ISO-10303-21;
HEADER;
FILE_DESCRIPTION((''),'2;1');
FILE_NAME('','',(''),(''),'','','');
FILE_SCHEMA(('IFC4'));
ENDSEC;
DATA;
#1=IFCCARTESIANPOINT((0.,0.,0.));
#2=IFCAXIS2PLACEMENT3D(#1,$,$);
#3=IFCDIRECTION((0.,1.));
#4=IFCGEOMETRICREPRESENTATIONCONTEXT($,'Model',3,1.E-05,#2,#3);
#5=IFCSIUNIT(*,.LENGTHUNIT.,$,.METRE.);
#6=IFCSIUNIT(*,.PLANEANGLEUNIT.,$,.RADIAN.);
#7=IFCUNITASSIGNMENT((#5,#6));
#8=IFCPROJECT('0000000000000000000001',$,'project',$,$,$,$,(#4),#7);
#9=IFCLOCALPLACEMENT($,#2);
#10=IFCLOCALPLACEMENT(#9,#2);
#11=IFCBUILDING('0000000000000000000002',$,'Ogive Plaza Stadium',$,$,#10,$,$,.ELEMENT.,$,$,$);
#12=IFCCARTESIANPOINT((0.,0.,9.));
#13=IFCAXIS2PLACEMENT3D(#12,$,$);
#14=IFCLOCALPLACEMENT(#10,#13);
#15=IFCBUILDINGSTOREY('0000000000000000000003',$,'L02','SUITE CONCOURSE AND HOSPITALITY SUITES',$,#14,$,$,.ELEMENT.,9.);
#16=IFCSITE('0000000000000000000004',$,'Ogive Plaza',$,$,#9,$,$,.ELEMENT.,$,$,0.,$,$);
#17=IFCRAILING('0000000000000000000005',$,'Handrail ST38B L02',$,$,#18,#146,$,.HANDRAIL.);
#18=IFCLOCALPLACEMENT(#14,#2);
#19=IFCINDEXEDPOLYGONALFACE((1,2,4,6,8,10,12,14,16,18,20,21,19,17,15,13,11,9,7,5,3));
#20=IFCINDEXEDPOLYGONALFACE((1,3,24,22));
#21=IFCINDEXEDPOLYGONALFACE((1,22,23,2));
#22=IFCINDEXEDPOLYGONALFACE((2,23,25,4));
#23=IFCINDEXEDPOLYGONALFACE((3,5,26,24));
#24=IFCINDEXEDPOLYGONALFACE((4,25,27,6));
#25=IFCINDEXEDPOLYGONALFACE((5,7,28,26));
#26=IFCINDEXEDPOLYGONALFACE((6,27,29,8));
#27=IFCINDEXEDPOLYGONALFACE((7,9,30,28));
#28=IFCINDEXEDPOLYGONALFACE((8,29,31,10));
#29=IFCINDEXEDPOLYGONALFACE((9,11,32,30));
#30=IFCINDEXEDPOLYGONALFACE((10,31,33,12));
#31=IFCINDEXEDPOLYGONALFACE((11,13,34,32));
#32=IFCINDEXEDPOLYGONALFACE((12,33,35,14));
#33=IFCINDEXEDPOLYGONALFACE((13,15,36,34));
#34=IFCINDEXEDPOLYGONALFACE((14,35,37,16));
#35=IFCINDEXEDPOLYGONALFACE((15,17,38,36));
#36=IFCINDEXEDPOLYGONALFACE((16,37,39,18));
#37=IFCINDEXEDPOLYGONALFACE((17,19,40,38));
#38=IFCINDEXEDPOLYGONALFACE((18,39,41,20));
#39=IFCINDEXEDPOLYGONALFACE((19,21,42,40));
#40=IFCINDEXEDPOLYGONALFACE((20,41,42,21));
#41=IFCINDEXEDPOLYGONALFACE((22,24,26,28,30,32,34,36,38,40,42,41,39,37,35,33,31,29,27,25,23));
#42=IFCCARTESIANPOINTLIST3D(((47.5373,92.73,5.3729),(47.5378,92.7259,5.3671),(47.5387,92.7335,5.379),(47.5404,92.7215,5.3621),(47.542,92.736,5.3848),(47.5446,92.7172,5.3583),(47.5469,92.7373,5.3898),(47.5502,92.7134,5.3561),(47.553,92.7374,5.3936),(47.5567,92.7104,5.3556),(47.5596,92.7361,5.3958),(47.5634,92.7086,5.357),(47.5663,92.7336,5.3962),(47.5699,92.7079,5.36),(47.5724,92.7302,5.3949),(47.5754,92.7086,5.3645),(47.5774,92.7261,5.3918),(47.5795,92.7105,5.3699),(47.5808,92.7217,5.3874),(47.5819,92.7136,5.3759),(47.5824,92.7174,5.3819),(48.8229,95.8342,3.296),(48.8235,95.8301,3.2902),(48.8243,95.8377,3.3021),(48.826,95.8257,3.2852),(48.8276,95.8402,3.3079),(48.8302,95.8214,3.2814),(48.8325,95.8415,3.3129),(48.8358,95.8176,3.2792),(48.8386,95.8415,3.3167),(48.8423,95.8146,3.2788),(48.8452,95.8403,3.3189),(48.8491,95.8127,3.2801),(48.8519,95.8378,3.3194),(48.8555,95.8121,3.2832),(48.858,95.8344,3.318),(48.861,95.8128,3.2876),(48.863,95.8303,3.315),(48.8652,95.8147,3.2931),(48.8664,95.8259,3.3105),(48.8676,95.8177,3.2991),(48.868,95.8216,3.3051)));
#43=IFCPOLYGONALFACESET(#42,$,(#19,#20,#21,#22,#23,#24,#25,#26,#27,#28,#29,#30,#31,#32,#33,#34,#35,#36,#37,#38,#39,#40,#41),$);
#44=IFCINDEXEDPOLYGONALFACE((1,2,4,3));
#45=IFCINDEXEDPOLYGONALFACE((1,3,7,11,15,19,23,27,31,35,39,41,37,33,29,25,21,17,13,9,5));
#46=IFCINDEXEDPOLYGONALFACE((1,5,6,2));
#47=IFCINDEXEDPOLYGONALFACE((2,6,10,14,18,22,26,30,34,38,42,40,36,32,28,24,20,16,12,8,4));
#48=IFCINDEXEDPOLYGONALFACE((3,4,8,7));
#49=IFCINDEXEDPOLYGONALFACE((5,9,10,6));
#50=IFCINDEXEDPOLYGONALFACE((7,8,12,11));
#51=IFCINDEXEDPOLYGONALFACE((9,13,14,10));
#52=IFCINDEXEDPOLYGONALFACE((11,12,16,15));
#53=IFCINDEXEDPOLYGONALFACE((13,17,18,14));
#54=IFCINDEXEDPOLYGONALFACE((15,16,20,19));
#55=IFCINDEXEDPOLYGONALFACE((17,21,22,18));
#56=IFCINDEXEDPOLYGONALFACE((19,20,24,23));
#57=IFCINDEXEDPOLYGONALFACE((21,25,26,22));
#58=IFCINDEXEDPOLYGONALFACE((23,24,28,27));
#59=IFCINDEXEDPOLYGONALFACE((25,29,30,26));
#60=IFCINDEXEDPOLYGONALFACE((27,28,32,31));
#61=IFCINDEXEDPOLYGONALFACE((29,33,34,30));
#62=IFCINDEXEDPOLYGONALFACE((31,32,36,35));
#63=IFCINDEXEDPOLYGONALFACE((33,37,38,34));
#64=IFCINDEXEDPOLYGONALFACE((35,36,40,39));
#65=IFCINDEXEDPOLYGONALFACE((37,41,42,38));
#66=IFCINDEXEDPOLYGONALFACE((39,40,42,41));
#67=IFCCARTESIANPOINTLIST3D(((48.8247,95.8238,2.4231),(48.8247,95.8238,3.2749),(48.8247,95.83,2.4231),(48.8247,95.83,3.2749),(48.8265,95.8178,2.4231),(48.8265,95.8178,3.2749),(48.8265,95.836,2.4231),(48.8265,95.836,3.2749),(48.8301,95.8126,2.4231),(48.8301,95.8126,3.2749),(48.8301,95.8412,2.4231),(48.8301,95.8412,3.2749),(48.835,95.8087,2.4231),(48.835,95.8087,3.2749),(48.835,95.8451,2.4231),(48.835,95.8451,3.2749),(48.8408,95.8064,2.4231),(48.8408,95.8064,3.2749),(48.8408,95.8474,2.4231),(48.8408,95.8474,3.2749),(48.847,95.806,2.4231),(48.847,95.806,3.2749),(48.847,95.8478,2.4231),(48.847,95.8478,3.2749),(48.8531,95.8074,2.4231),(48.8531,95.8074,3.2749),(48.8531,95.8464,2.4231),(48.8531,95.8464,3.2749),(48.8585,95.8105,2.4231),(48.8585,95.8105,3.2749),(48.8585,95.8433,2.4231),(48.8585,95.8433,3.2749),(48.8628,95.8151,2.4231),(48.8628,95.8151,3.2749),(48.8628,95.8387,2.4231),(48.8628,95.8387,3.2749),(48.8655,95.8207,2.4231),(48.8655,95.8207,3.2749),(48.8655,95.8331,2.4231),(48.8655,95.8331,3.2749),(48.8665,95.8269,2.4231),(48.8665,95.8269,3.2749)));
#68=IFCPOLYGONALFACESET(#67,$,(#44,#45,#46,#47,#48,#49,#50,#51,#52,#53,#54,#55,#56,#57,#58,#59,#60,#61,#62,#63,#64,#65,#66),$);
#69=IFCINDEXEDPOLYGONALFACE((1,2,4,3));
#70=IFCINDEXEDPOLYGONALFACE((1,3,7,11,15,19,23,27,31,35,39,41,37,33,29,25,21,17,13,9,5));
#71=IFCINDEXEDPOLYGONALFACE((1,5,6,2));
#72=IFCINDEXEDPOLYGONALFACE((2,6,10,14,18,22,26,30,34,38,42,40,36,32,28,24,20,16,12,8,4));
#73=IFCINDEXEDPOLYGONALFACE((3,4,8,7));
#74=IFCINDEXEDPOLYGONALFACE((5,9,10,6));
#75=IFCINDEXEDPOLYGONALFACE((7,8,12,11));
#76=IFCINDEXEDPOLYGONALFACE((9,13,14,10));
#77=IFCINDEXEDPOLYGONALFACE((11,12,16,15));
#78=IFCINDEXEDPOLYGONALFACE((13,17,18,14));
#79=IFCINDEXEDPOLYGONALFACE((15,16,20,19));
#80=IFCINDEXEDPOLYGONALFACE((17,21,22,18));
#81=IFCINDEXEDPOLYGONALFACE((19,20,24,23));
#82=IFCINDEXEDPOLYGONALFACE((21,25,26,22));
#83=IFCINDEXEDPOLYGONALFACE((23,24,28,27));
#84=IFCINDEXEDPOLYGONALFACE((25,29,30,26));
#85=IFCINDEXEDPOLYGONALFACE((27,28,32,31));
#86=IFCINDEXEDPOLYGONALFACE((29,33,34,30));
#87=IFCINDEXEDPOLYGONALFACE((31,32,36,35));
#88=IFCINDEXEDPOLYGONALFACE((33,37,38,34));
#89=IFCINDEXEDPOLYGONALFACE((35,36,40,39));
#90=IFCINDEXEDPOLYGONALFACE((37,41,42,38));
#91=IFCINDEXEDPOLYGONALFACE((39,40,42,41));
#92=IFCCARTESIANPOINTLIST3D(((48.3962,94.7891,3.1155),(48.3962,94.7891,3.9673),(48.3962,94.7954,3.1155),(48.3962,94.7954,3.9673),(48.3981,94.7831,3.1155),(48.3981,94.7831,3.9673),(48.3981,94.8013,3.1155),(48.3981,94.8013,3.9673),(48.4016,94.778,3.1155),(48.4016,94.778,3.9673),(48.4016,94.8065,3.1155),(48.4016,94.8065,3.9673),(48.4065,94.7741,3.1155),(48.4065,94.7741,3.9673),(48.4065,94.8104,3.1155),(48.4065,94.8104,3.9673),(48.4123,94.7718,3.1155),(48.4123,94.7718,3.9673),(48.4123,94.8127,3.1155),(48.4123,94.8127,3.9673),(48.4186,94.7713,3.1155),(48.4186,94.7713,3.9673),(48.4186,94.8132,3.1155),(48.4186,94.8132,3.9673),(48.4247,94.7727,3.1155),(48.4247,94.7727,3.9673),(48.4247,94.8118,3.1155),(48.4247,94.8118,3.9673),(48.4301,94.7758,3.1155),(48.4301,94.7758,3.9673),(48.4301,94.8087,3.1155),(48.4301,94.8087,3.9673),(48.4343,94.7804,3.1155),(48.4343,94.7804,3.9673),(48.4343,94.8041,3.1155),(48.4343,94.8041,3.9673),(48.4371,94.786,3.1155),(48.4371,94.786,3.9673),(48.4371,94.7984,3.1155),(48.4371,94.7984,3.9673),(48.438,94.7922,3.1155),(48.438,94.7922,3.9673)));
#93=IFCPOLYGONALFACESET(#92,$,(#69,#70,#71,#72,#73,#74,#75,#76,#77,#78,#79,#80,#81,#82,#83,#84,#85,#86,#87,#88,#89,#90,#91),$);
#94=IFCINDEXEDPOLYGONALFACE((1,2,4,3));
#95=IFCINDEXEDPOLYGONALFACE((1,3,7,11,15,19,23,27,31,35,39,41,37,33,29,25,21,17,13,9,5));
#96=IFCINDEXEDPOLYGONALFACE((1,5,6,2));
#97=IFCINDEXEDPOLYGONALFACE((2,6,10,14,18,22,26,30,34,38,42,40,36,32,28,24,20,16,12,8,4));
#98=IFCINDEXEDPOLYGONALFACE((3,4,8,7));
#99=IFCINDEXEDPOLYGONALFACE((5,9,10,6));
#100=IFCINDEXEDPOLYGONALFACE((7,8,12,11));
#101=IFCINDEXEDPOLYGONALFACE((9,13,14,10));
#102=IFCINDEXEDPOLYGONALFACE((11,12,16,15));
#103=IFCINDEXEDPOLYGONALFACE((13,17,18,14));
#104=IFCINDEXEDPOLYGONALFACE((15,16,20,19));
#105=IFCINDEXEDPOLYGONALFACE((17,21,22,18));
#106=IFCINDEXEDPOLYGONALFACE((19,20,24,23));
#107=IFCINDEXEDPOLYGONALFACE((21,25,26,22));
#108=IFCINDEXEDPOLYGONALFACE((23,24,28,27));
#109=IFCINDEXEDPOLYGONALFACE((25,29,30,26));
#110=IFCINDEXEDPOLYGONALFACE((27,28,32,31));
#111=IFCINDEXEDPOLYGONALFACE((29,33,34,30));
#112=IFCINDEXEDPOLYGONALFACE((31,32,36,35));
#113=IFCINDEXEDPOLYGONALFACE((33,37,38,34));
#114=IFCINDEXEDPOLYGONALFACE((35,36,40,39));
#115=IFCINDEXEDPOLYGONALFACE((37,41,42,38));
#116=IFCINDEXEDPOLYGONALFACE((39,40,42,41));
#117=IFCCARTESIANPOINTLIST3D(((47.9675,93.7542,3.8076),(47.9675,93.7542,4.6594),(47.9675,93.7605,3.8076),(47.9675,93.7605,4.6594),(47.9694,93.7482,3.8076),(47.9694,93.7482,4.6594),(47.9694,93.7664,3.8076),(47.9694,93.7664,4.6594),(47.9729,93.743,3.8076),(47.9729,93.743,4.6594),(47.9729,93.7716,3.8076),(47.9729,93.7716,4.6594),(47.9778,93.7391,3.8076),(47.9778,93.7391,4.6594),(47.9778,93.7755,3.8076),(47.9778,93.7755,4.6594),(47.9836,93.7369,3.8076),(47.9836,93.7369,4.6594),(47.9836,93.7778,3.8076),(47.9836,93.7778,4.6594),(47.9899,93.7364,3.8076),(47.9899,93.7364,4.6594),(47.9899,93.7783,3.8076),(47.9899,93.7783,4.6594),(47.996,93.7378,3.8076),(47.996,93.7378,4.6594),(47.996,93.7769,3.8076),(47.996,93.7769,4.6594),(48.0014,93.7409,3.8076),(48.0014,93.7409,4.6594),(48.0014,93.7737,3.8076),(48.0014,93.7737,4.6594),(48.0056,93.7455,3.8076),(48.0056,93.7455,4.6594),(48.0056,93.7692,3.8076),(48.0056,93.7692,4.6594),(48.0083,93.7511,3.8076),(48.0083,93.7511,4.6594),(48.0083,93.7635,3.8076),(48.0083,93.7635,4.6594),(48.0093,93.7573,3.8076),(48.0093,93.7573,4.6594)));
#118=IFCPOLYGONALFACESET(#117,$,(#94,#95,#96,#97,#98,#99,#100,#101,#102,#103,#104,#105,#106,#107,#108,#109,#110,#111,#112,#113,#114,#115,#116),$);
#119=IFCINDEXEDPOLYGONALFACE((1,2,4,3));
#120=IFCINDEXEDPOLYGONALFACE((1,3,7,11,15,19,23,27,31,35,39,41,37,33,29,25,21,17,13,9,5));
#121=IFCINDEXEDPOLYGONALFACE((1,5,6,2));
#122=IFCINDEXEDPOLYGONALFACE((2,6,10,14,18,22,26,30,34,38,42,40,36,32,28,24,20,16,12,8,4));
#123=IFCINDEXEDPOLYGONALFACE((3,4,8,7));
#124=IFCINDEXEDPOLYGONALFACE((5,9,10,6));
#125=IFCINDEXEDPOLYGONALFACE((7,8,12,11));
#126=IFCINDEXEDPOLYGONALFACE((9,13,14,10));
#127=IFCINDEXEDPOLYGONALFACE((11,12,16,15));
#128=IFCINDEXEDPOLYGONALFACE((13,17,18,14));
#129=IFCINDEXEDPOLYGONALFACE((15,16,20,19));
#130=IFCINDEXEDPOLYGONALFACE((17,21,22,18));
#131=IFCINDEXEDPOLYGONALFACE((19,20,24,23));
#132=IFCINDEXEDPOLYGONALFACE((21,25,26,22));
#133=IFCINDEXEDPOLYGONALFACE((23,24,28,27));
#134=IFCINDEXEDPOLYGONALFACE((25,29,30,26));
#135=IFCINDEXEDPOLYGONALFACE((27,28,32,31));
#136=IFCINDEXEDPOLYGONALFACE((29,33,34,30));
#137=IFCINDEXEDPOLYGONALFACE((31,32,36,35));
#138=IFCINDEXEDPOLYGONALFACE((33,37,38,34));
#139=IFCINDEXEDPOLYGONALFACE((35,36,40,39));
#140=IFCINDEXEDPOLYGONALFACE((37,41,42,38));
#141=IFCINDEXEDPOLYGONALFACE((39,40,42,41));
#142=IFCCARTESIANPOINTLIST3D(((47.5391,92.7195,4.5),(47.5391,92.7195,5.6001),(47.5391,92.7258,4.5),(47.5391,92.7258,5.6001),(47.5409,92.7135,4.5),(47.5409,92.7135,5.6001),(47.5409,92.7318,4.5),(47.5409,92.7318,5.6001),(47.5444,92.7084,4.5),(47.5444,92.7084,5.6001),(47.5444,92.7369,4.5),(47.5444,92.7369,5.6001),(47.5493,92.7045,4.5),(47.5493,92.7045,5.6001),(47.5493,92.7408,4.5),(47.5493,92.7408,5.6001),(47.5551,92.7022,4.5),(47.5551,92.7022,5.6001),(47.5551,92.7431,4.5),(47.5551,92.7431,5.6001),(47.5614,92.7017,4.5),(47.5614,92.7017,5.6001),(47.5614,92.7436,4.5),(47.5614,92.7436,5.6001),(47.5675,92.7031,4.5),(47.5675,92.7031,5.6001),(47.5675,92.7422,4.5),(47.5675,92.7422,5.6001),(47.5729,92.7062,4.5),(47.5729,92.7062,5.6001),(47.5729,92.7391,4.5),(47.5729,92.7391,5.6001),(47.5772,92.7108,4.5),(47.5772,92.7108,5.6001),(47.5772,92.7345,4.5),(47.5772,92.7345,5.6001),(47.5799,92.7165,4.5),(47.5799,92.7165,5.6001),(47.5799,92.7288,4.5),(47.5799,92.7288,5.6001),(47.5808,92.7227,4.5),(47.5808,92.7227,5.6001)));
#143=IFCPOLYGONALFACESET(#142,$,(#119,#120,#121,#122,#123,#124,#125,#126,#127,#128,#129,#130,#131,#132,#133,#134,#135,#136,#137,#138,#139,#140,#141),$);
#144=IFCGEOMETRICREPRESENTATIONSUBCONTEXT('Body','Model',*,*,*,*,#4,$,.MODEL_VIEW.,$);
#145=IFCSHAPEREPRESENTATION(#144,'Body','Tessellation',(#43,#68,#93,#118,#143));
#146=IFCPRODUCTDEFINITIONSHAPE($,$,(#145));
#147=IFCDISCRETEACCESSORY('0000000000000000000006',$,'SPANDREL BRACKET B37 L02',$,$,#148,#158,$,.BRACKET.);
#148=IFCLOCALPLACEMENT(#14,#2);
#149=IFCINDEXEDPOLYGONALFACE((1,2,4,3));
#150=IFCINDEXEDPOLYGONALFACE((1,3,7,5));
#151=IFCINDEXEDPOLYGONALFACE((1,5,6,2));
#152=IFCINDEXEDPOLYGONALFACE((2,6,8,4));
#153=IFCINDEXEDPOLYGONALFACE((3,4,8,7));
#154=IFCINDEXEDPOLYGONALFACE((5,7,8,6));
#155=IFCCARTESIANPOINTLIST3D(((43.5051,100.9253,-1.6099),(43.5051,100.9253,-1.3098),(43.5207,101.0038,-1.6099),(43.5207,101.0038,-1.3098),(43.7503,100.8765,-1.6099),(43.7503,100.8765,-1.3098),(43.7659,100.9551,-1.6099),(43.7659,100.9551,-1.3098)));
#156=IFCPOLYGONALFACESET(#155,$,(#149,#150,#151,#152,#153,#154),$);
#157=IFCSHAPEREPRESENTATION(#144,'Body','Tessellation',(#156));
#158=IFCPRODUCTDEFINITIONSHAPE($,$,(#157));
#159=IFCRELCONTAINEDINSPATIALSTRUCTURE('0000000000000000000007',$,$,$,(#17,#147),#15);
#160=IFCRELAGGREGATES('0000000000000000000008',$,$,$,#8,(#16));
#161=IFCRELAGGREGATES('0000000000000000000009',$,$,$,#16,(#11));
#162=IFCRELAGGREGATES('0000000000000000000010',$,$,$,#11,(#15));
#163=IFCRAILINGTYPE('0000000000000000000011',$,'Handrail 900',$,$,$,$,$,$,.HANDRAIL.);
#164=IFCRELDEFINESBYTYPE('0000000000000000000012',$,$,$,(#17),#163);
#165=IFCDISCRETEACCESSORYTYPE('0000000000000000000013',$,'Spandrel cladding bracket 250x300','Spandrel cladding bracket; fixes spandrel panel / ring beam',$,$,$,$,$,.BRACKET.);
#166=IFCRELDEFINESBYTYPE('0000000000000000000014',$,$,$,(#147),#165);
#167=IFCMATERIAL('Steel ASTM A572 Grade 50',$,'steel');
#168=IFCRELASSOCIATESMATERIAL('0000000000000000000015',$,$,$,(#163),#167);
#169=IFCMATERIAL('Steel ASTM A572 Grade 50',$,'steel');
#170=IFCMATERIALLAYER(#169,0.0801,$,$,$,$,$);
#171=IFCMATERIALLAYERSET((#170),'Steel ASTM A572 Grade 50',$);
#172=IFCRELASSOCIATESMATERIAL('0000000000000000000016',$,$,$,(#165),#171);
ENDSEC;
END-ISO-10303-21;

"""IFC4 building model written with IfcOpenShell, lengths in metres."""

from ifc_helpers import new_model, si_unit, direction, frame, origin, origin_2d, place, context, subcontext, project, spatial, rectangle, circle, extrude, material, layer, layer_set, type_object, element, save


model = new_model("IFC4")

# Units and contexts
model_context = context("Model", 3, precision=1e-05, world=origin(), true_north=direction((0.0, 1.0)))
body_context = subcontext(model_context, "Body", "Model", "MODEL_VIEW")
ifc_project = project(units=[si_unit("LENGTHUNIT", "METRE"), si_unit("PLANEANGLEUNIT", "RADIAN")], contexts=[model_context])

# Site, building, storey
site_placement = place(None, origin())
site = spatial("IfcSite", under=ifc_project, at=site_placement, Name="Ogive Plaza", CompositionType="ELEMENT", RefElevation=0.0)
building_placement = place(site_placement, origin())
building = spatial("IfcBuilding", under=site, at=building_placement, Name="Ogive Plaza Stadium", CompositionType="ELEMENT")
storey_placement = place(building_placement, frame((0.0, 0.0, 9.0)))
storey = spatial("IfcBuildingStorey", under=building, at=storey_placement, Name="L02", Description="SUITE CONCOURSE AND HOSPITALITY SUITES", CompositionType="ELEMENT", Elevation=9.0)

# Railing
ifc_material_1 = material(Name="Steel ASTM A572 Grade 50", Category="steel")
railing_type = type_object("IfcRailingType", Name="Handrail 900", PredefinedType="HANDRAIL", material=ifc_material_1)
railing_placement = place(storey_placement, frame((48.8455, 95.8269, 2.4231)))
element("IfcRailing", 1, at=railing_placement, inside=storey, type_object=railing_type, Name="Handrail ST38B L02", PredefinedType="HANDRAIL", context=body_context, shape_type="SweptSolid", body=[
    extrude(circle(Radius=0.0239, at=origin_2d()), frame((0.0, 0.0, 0.876), z_axis=(-0.325477, -0.785879, 0.525794), x_axis=(0.923898, -0.382638, 0.0)), (0.0, 0.0, 1.0), 3.95),
    extrude(circle(Radius=0.021, at=origin_2d()), origin(), (0.0, 0.0, 1.0), 0.8518),
    extrude(circle(Radius=0.021, at=origin_2d()), frame((-0.4285, -1.0347, 0.6924)), (0.0, 0.0, 1.0), 0.8518),
    extrude(circle(Radius=0.021, at=origin_2d()), frame((-0.8572, -2.0696, 1.3845)), (0.0, 0.0, 1.0), 0.8518),
    extrude(circle(Radius=0.021, at=origin_2d()), frame((-1.2856, -3.1042, 2.0769)), (0.0, 0.0, 1.0), 1.1001),
])

# Discrete accessory
ifc_material_2 = material(Name="Steel ASTM A572 Grade 50", Category="steel")
ifc_layer_1 = layer(ifc_material_2, 0.0801)
ifc_layer_set_1 = layer_set([ifc_layer_1], Name="Steel ASTM A572 Grade 50")
discrete_accessory_type = type_object("IfcDiscreteAccessoryType", Name="Spandrel cladding bracket 250x300", Description="Spandrel cladding bracket; fixes spandrel panel / ring beam", PredefinedType="BRACKET", material=ifc_layer_set_1)
discrete_accessory_placement = place(storey_placement, frame((43.6355, 100.9402, -1.6099), z_axis=(0.0, 0.0, 1.0), x_axis=(0.980785, -0.19509, 0.0)))
element("IfcDiscreteAccessory", 2, at=discrete_accessory_placement, inside=storey, type_object=discrete_accessory_type, Name="SPANDREL BRACKET B37 L02", PredefinedType="BRACKET", context=body_context, shape_type="SweptSolid", body=[
    extrude(rectangle(XDim=0.25, YDim=0.0801, at=origin_2d()), origin(), (0.0, 0.0, 1.0), 0.3),
])

save(model, "model.ifc")
